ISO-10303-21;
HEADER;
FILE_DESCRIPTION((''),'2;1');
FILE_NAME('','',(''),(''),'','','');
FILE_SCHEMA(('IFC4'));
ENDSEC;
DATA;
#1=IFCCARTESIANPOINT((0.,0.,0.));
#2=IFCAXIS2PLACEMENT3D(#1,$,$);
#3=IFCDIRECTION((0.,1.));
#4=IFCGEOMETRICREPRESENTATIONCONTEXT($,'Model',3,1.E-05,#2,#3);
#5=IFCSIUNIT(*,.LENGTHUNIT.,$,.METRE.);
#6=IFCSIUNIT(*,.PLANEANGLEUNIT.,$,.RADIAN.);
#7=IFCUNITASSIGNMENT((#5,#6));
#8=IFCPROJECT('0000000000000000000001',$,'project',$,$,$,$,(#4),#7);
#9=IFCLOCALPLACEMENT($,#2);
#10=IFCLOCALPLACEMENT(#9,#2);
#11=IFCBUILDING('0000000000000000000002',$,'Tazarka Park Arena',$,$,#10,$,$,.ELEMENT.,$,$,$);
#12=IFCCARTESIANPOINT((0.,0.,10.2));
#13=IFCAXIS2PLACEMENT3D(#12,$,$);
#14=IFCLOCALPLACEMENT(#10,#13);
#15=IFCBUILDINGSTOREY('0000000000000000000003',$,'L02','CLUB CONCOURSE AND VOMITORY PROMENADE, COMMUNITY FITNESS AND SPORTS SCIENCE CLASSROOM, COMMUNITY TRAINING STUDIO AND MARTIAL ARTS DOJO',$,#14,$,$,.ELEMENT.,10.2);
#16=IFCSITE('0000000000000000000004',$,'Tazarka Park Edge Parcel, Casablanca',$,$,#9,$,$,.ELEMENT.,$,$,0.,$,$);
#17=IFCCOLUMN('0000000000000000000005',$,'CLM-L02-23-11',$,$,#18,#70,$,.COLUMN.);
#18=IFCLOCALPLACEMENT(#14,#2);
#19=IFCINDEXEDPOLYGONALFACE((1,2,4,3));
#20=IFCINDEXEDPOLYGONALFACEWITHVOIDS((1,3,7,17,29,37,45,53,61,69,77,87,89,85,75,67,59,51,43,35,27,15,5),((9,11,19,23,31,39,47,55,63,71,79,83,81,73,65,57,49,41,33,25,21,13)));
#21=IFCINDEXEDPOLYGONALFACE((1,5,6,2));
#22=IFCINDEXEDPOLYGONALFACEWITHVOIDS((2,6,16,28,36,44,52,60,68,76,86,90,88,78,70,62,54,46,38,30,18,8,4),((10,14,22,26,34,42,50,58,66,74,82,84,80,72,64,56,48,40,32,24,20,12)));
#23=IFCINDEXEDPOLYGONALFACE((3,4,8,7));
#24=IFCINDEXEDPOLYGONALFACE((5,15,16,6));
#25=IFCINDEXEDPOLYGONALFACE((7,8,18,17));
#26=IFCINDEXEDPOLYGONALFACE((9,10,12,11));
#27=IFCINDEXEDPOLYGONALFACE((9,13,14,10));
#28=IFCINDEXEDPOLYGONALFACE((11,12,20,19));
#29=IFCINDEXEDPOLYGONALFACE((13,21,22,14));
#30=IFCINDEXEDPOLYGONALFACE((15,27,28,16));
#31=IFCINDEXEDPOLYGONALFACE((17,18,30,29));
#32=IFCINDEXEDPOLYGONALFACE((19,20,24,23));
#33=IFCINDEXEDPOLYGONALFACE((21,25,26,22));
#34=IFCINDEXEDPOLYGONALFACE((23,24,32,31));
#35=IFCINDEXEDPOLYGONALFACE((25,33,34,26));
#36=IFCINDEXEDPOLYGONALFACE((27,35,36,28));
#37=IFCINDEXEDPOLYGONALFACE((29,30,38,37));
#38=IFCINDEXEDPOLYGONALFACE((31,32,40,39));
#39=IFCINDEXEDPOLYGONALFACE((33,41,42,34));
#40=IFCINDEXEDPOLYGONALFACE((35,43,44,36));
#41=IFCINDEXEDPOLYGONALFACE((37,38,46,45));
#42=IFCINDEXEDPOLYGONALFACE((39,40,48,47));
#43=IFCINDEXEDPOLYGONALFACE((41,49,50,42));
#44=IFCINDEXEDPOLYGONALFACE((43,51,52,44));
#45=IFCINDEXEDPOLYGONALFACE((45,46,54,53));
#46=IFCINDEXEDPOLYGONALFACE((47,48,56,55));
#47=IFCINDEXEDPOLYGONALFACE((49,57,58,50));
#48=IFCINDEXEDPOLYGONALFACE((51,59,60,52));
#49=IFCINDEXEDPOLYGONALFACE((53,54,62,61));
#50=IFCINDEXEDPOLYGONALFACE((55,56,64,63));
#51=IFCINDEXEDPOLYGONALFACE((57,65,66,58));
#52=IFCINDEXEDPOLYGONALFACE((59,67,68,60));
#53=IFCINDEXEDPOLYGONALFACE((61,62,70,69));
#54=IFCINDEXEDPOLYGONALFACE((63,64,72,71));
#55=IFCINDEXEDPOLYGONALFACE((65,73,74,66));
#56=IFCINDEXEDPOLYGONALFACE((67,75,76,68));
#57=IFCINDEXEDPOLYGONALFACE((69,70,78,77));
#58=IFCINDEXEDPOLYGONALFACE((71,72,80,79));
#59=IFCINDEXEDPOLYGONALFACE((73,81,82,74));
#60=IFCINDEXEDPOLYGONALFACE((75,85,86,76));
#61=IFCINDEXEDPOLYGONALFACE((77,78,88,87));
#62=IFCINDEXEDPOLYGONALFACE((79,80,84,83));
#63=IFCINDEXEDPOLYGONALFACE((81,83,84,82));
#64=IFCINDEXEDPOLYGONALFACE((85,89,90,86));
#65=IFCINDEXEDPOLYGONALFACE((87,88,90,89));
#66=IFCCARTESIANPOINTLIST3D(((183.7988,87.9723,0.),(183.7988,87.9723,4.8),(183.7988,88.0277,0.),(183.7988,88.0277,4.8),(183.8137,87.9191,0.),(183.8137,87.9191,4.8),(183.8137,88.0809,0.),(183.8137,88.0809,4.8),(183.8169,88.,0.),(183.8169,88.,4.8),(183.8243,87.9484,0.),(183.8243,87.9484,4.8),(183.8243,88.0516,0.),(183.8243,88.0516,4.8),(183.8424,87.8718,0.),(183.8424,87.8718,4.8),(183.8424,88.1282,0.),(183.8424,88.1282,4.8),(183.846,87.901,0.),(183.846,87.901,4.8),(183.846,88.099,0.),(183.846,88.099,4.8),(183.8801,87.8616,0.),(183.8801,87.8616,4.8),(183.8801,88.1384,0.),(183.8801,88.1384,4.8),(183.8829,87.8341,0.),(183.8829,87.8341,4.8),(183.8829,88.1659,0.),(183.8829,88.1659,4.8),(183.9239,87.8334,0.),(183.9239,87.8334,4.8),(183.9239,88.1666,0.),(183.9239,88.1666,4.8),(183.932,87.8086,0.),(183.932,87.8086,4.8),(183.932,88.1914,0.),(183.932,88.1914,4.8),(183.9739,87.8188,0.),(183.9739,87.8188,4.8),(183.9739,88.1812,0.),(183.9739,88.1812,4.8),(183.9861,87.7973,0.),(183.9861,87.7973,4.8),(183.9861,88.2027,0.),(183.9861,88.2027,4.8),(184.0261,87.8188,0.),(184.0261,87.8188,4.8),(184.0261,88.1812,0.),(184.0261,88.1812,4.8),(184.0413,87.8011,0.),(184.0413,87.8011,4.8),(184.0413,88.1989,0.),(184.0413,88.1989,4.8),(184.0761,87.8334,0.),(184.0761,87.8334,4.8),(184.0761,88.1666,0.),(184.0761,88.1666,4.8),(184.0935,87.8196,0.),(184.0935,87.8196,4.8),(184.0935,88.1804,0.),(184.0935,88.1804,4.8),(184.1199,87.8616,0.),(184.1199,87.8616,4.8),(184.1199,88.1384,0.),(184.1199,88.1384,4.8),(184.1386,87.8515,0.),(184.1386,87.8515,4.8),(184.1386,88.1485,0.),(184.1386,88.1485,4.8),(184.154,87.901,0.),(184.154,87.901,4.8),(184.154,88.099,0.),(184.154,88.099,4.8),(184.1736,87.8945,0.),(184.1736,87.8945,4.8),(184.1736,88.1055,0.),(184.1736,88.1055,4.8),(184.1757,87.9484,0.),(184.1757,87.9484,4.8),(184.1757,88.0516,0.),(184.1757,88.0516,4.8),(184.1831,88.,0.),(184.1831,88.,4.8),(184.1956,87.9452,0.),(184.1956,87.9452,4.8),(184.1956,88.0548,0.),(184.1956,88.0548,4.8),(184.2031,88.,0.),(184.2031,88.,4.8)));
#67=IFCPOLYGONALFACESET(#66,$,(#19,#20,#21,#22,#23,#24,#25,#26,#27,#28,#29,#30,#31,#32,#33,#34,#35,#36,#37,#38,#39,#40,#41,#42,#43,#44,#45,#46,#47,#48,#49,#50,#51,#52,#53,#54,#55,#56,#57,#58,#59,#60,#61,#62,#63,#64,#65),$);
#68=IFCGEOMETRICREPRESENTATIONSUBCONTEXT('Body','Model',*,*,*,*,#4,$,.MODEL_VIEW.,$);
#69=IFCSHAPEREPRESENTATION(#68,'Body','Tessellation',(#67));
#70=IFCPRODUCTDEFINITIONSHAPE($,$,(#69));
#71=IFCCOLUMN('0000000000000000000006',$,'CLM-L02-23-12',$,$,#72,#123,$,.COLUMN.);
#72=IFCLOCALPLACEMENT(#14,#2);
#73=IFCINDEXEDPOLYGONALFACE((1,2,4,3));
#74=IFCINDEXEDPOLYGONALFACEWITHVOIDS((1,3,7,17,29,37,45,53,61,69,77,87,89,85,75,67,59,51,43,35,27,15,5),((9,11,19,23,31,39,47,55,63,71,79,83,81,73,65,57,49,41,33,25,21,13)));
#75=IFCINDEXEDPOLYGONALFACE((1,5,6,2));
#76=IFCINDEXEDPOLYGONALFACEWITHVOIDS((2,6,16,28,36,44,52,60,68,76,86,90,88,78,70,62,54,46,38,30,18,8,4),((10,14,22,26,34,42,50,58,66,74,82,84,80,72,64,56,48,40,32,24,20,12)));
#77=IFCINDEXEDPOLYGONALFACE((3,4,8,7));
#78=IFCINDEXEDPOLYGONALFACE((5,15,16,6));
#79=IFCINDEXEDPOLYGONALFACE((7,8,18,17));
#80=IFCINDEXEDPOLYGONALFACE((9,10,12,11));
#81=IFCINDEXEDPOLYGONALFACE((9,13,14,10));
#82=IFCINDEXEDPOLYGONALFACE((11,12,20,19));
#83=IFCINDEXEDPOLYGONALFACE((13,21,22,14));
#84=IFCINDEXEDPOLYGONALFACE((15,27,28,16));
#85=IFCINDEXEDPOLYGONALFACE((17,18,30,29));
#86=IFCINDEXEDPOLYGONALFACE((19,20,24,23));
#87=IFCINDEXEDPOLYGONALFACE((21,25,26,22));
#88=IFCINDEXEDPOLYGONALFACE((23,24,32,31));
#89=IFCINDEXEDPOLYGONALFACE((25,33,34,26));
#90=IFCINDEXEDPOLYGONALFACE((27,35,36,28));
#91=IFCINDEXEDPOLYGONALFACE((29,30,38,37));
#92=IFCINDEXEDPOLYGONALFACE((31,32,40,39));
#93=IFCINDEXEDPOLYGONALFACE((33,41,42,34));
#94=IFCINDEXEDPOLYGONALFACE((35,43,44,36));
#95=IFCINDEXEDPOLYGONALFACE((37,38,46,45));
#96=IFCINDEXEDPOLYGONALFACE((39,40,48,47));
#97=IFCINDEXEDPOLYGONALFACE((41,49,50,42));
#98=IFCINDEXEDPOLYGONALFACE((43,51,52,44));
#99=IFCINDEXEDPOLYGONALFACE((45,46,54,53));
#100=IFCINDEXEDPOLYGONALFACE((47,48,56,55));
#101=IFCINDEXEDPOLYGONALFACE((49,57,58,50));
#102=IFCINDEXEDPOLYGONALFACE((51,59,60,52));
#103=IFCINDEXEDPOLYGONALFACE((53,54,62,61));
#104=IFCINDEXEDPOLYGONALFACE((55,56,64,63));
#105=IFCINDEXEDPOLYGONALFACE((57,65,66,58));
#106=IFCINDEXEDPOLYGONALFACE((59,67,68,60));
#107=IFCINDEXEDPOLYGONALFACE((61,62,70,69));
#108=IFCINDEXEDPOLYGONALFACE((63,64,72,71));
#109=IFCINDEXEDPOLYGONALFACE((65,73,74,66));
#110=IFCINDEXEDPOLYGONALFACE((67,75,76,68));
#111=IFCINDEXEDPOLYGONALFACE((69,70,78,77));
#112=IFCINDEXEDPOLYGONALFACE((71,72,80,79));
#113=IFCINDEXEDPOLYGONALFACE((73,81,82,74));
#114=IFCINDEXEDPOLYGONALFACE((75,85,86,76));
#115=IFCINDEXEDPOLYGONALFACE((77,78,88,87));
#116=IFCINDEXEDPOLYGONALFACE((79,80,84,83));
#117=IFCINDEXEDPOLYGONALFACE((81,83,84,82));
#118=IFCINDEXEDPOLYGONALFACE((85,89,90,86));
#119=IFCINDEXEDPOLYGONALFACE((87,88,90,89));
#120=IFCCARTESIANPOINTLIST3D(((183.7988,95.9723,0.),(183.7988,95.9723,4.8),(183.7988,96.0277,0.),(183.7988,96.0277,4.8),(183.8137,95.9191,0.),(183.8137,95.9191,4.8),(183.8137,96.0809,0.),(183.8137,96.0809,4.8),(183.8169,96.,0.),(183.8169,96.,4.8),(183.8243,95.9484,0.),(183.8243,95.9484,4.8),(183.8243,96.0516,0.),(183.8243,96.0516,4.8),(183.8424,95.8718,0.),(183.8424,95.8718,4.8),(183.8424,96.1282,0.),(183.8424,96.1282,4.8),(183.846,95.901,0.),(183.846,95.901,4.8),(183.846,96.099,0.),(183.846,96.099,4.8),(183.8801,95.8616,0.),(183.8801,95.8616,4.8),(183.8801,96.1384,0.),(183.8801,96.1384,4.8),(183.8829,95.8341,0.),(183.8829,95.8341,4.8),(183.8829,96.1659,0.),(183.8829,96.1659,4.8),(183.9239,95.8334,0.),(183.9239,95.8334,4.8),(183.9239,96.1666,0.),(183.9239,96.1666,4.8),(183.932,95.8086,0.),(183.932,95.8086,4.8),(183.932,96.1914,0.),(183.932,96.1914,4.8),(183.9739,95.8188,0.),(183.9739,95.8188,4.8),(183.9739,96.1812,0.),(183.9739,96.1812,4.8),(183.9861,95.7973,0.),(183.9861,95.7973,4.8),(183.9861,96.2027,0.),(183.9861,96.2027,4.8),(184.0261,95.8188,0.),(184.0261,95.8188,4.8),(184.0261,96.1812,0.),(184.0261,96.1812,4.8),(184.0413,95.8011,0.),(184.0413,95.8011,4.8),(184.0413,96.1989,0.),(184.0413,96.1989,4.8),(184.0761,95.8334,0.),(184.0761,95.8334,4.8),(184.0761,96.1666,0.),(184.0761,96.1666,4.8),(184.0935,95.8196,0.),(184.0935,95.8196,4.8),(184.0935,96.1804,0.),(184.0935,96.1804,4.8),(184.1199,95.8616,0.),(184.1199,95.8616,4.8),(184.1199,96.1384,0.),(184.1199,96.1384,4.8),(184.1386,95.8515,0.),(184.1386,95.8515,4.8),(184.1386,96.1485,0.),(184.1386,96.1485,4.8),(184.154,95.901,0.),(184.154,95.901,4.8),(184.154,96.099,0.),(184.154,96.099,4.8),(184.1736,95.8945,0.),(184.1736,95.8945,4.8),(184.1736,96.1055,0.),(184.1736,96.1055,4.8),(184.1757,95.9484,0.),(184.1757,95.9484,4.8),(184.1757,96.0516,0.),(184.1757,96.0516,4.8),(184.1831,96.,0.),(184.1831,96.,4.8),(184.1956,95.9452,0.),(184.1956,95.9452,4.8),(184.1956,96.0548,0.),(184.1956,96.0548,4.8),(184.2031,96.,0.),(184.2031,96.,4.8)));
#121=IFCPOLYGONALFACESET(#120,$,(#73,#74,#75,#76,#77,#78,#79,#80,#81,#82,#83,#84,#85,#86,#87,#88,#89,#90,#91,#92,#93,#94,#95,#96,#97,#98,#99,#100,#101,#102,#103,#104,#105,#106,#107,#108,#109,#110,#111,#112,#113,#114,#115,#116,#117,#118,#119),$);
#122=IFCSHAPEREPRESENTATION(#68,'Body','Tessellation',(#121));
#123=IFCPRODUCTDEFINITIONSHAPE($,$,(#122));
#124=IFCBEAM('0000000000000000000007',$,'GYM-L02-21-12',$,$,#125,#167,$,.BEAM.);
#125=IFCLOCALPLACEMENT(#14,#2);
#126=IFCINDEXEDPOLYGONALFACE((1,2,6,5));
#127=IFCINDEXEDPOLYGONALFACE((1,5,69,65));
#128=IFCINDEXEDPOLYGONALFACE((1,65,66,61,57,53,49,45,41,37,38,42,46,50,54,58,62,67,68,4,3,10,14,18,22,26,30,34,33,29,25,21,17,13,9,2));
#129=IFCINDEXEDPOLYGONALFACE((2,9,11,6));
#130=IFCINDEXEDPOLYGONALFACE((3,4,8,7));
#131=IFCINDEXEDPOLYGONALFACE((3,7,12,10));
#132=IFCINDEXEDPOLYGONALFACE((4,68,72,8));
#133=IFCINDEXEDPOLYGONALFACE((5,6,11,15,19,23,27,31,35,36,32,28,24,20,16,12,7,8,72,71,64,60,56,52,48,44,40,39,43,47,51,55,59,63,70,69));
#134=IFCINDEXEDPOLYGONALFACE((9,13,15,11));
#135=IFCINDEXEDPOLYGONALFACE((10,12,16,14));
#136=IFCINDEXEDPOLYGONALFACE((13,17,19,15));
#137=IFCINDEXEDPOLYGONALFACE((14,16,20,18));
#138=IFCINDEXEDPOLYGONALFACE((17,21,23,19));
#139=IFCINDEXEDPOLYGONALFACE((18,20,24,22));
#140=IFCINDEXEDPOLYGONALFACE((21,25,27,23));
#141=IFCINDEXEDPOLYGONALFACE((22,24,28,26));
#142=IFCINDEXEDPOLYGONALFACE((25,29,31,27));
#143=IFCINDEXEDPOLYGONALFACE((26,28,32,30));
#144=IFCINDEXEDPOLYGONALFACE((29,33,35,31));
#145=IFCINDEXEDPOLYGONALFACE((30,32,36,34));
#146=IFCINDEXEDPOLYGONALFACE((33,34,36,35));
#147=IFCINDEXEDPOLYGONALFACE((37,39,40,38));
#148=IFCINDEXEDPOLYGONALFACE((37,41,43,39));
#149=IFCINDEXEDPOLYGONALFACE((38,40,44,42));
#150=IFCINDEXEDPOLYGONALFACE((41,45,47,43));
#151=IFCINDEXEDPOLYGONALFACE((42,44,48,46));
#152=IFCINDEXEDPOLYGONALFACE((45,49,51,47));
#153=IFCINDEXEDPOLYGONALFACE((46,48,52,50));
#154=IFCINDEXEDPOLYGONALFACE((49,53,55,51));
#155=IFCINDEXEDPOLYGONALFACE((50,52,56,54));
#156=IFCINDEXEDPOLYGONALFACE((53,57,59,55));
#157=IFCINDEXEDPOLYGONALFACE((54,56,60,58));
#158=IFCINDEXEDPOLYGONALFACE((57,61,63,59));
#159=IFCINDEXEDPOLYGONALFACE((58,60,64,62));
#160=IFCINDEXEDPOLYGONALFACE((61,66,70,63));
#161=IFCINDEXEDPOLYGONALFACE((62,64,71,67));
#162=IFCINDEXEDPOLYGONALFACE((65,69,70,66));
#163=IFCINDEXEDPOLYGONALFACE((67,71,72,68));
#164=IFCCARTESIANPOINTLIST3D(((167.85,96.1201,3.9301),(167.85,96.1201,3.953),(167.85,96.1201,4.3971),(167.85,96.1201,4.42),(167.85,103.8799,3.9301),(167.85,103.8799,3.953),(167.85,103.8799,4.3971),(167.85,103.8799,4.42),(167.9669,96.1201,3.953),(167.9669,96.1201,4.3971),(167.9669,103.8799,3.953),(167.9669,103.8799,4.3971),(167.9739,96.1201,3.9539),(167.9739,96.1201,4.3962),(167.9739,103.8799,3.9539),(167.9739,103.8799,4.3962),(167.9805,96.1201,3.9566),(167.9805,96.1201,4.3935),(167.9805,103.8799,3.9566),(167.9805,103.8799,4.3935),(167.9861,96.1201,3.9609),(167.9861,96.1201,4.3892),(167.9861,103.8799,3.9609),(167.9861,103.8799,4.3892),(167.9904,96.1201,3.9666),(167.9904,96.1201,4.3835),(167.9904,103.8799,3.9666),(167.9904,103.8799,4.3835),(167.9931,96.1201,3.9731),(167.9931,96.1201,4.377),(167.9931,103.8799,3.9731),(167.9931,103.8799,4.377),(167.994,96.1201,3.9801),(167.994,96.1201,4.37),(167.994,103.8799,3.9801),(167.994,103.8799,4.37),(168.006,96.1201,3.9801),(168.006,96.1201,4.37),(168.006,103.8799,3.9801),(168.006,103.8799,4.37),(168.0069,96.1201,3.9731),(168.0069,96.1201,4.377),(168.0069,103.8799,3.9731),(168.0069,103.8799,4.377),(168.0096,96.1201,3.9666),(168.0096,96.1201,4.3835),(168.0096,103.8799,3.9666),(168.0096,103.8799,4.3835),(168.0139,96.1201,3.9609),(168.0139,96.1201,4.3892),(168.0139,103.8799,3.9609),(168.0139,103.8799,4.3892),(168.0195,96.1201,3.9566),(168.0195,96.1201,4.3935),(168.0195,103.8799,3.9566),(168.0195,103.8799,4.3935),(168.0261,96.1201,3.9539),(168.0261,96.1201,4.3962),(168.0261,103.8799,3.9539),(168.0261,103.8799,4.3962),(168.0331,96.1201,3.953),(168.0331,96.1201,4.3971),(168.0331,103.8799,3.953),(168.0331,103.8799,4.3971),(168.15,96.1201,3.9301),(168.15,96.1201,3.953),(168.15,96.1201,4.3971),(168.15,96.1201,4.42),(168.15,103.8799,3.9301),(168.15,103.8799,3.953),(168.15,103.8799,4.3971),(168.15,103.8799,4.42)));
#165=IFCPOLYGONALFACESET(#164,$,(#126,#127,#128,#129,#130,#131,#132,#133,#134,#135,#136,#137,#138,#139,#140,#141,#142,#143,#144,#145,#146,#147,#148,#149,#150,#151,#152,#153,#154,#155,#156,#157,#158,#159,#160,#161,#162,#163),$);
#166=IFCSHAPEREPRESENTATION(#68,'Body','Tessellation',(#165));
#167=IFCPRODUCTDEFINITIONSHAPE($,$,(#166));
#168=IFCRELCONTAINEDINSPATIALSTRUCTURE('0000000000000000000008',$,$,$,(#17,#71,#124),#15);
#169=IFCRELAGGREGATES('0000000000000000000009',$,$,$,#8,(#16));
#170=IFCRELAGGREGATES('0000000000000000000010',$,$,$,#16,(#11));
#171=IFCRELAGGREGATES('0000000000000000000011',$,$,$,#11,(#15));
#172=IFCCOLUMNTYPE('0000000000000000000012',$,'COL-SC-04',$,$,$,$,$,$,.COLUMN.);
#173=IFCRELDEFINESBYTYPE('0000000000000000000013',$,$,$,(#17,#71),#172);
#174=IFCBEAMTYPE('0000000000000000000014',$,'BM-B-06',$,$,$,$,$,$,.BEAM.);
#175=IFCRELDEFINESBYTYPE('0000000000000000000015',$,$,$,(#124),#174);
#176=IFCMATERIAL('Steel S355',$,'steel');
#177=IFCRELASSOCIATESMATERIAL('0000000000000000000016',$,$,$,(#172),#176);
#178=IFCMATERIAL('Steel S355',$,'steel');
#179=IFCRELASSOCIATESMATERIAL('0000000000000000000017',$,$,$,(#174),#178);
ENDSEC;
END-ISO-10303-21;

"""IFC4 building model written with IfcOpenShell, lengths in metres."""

from ifc_helpers import new_model, si_unit, direction, frame, origin, origin_2d, place, context, subcontext, project, spatial, hollow_circle, i_section, extrude, material, material_profile, profile_set, type_object, element, save


model = new_model("IFC4")

# Units and contexts
model_context = context("Model", 3, precision=1e-05, world=origin(), true_north=direction((0.0, 1.0)))
body_context = subcontext(model_context, "Body", "Model", "MODEL_VIEW")
ifc_project = project(units=[si_unit("LENGTHUNIT", "METRE"), si_unit("PLANEANGLEUNIT", "RADIAN")], contexts=[model_context])

# Site, building, storey
site_placement = place(None, origin())
site = spatial("IfcSite", under=ifc_project, at=site_placement, Name="Tazarka Park Edge Parcel, Casablanca", CompositionType="ELEMENT", RefElevation=0.0)
building_placement = place(site_placement, origin())
building = spatial("IfcBuilding", under=site, at=building_placement, Name="Tazarka Park Arena", CompositionType="ELEMENT")
storey_placement = place(building_placement, frame((0.0, 0.0, 10.2)))
storey = spatial("IfcBuildingStorey", under=building, at=storey_placement, Name="L02", Description="CLUB CONCOURSE AND VOMITORY PROMENADE, COMMUNITY FITNESS AND SPORTS SCIENCE CLASSROOM, COMMUNITY TRAINING STUDIO AND MARTIAL ARTS DOJO", CompositionType="ELEMENT", Elevation=10.2)

# Columns
ifc_material_1 = material(Name="Steel S355", Category="steel")
ifc_material_profile_1 = material_profile(ifc_material_1, hollow_circle(Radius=0.2031, WallThickness=0.02, at=origin_2d()), Name="Steel S355")
ifc_profile_set_1 = profile_set([ifc_material_profile_1], Name="Steel S355")
column_type_1 = type_object("IfcColumnType", Name="COL-SC-04", PredefinedType="COLUMN", material=ifc_profile_set_1)
for number, where, z_axis, x_axis, name in (
    (1, (184.0, 88.0, 0.0), (0.0, 0.0, 1.0), (1.0, 0.0, 0.0), "CLM-L02-23-11"),
    (2, (184.0, 96.0, 0.0), (0.0, 0.0, 1.0), (1.0, 0.0, 0.0), "CLM-L02-23-12"),
):
    element("IfcColumn", number, at=place(storey_placement, frame(where, z_axis=z_axis, x_axis=x_axis)), inside=storey, type_object=column_type_1, Name=name, PredefinedType="COLUMN", context=body_context, shape_type="SweptSolid", body=[
        extrude(hollow_circle(Radius=0.2031, WallThickness=0.02, at=origin_2d()), origin(), (0.0, 0.0, 1.0), 4.8),
    ])

# Beam
ifc_material_2 = material(Name="Steel S355", Category="steel")
ifc_material_profile_2 = material_profile(ifc_material_2, i_section(OverallWidth=0.3, OverallDepth=0.49, WebThickness=0.012, FlangeThickness=0.0229, FilletRadius=0.0271, at=origin_2d()), Name="Steel S355")
ifc_profile_set_2 = profile_set([ifc_material_profile_2], Name="Steel S355")
beam_type_1 = type_object("IfcBeamType", Name="BM-B-06", PredefinedType="BEAM", material=ifc_profile_set_2)
for number, where, z_axis, x_axis, name in (
    (3, (168.0, 96.1201, 4.175), (0.0, 1.0, 0.0), (-1.0, 0.0, 0.0), "GYM-L02-21-12"),
):
    element("IfcBeam", number, at=place(storey_placement, frame(where, z_axis=z_axis, x_axis=x_axis)), inside=storey, type_object=beam_type_1, Name=name, PredefinedType="BEAM", context=body_context, shape_type="SweptSolid", body=[
        extrude(i_section(OverallWidth=0.3, OverallDepth=0.49, WebThickness=0.012, FlangeThickness=0.0229, FilletRadius=0.0271, at=origin_2d()), origin(), (0.0, 0.0, 1.0), 7.7598),
    ])

save(model, "model.ifc")
